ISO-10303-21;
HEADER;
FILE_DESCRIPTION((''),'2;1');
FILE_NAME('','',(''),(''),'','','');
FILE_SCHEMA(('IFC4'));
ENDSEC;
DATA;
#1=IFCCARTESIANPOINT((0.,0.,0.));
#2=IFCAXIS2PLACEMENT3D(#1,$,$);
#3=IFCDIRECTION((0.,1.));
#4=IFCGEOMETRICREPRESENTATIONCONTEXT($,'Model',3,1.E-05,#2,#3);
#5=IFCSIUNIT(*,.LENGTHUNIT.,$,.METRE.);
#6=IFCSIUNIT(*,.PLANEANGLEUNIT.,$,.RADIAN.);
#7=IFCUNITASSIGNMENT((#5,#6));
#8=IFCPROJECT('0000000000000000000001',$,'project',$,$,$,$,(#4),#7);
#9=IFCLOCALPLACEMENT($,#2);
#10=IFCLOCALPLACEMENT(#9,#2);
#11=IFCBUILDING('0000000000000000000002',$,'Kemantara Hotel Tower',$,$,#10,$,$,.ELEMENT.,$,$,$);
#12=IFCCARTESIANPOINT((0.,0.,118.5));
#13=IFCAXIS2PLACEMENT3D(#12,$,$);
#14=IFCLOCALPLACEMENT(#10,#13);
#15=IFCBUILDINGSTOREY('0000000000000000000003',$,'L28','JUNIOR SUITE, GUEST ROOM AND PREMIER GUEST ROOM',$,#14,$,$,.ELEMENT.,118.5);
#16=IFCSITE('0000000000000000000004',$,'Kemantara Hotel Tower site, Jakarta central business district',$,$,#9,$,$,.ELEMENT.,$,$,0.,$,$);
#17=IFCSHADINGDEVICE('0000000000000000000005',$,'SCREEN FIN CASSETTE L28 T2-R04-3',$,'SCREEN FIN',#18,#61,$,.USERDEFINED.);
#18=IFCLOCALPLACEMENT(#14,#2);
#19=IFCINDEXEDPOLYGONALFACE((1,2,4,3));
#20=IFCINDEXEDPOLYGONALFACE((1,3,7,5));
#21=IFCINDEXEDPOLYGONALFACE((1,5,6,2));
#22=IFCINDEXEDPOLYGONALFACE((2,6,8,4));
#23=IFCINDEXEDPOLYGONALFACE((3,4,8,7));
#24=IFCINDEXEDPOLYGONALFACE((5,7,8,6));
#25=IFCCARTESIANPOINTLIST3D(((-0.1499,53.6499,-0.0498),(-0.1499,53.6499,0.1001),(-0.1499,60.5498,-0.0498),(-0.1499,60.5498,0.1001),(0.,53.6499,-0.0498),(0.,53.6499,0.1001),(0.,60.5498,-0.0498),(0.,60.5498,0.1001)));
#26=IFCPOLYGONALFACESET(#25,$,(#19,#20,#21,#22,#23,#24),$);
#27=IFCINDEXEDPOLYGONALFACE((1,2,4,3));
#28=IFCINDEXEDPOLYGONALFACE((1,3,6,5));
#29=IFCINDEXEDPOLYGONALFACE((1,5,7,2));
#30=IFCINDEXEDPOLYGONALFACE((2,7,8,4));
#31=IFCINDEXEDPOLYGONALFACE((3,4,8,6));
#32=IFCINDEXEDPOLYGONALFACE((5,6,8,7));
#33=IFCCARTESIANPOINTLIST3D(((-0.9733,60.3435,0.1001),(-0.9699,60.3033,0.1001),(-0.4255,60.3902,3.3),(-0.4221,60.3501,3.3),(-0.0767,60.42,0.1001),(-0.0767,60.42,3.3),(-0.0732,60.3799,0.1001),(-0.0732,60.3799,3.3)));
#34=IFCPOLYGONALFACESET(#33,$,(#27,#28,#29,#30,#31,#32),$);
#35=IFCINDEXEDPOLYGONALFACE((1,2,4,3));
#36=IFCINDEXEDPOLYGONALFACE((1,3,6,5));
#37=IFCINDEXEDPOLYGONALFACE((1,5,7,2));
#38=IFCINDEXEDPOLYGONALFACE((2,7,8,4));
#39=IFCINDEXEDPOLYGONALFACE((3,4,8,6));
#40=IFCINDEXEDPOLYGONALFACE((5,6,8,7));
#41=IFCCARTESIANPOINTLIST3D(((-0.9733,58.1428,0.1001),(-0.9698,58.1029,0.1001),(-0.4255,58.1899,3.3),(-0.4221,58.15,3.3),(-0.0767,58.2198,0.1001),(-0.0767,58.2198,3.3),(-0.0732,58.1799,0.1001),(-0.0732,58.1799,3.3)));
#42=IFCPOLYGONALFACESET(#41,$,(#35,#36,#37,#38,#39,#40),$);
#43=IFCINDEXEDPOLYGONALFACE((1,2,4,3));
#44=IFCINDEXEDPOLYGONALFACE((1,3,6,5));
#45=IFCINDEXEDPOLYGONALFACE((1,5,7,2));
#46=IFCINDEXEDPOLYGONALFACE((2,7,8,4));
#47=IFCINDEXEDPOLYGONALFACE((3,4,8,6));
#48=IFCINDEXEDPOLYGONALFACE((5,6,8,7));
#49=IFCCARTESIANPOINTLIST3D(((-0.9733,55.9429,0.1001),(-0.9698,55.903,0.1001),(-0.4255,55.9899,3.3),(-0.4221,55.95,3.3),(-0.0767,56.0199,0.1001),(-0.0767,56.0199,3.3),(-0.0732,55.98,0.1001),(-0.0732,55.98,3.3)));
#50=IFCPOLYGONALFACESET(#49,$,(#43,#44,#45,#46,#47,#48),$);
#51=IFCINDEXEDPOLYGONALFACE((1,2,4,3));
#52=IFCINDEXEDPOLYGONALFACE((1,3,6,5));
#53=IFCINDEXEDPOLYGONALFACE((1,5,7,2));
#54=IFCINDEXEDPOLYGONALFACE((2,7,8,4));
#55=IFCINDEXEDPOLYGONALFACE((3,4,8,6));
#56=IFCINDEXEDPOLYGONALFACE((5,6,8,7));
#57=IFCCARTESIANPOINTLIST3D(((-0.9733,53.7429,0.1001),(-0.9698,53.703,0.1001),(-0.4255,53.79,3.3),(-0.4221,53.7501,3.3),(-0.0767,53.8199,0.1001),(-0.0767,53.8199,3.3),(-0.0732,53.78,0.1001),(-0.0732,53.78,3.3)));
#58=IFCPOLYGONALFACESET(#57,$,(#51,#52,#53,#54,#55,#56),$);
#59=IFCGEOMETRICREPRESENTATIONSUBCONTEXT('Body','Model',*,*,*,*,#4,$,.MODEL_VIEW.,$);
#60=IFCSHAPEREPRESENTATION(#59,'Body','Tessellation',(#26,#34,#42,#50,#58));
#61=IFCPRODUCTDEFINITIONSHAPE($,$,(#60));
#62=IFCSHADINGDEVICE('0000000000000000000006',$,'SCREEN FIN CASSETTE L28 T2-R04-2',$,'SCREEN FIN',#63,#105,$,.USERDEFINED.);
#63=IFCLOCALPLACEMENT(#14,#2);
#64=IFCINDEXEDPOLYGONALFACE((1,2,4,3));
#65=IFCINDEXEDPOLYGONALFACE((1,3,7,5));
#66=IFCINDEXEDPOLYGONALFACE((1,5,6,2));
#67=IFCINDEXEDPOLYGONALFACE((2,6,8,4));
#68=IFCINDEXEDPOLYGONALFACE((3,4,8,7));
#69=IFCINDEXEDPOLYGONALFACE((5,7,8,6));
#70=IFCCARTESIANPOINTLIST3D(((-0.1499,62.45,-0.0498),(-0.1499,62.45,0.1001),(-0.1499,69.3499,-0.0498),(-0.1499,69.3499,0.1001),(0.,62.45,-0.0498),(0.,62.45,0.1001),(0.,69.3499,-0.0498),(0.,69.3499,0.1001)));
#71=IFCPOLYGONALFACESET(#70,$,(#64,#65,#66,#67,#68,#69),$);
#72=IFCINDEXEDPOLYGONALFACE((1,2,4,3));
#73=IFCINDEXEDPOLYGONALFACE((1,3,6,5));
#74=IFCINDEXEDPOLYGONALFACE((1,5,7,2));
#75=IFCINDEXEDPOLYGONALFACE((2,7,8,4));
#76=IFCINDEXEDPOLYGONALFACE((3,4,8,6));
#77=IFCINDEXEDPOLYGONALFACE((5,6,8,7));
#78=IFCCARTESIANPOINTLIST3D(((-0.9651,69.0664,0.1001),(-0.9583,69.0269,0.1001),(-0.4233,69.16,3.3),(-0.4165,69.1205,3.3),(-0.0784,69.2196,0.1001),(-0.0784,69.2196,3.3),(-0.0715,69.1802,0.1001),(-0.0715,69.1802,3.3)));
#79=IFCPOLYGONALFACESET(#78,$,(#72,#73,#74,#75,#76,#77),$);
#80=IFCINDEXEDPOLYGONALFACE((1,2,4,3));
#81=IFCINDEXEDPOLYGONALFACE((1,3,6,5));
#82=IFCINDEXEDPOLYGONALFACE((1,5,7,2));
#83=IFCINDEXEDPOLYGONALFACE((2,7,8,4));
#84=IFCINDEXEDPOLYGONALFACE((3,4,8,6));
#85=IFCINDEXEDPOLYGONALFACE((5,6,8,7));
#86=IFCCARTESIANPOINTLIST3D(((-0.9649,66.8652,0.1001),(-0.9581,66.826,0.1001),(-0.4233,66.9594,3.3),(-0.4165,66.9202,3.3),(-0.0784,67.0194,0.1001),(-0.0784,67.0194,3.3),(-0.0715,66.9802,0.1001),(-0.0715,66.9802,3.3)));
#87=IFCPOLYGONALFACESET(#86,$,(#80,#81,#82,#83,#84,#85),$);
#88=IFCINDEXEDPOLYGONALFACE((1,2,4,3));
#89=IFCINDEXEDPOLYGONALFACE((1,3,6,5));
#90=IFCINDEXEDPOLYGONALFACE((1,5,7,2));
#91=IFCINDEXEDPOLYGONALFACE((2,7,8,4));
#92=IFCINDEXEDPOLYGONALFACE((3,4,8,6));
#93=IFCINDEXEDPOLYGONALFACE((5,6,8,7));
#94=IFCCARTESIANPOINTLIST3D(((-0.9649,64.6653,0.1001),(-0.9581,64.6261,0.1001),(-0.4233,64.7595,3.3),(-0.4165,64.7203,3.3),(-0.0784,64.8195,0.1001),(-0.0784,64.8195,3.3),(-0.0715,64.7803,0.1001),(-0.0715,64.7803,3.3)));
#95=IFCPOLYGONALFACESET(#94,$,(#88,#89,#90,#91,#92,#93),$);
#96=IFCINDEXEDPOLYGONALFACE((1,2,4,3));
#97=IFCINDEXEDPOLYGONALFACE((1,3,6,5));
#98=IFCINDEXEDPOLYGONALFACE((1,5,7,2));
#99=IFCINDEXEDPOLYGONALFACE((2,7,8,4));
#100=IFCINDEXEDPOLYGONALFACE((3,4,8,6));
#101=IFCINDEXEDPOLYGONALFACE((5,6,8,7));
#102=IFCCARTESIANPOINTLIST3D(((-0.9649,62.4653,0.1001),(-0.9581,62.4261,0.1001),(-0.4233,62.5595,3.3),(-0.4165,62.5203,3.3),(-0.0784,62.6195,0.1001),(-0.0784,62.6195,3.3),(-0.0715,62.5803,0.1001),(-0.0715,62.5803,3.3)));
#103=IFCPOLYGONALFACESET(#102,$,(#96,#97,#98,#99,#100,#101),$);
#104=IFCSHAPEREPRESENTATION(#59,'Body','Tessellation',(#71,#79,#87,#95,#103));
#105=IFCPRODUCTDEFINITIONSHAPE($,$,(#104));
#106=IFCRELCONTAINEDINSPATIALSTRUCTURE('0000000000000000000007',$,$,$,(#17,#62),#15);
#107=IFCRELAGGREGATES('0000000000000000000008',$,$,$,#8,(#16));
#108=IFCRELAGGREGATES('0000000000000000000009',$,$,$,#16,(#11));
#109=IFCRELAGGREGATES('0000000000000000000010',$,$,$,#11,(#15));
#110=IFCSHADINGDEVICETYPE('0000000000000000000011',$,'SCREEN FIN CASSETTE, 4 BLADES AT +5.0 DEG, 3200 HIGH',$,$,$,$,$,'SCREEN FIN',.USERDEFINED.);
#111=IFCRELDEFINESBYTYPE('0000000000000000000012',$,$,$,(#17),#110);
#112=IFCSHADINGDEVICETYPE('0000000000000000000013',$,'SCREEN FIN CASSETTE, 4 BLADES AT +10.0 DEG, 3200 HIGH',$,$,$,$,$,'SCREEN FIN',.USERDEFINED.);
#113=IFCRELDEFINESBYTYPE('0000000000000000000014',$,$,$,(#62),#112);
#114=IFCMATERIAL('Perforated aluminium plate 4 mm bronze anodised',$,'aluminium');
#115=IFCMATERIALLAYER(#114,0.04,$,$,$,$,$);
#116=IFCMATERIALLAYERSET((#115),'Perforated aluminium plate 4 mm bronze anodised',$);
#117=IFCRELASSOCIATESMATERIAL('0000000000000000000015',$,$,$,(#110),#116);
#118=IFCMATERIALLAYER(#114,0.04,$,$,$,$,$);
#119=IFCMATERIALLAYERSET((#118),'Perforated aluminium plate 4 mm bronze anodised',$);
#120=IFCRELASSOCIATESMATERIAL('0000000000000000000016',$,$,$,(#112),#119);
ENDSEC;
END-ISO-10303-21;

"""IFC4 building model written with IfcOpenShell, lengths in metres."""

from ifc_helpers import new_model, si_unit, direction, frame, origin, origin_2d, place, context, subcontext, project, spatial, polyline, rectangle, outline, extrude, source, transform, mapped, material, layer, layer_set, type_object, element, save


model = new_model("IFC4")

# Units and contexts
model_context = context("Model", 3, precision=1e-05, world=origin(), true_north=direction((0.0, 1.0)))
body_context = subcontext(model_context, "Body", "Model", "MODEL_VIEW")
ifc_project = project(units=[si_unit("LENGTHUNIT", "METRE"), si_unit("PLANEANGLEUNIT", "RADIAN")], contexts=[model_context])

# Site, building, storey
site_placement = place(None, origin())
site = spatial("IfcSite", under=ifc_project, at=site_placement, Name="Kemantara Hotel Tower site, Jakarta central business district", CompositionType="ELEMENT", RefElevation=0.0)
building_placement = place(site_placement, origin())
building = spatial("IfcBuilding", under=site, at=building_placement, Name="Kemantara Hotel Tower", CompositionType="ELEMENT")
storey_placement = place(building_placement, frame((0.0, 0.0, 118.5)))
storey = spatial("IfcBuildingStorey", under=building, at=storey_placement, Name="L28", Description="JUNIOR SUITE, GUEST ROOM AND PREMIER GUEST ROOM", CompositionType="ELEMENT", Elevation=118.5)

# Shading devices
ifc_material_1 = material(Name="Perforated aluminium plate 4 mm bronze anodised", Category="aluminium")
ifc_layer_1 = layer(ifc_material_1, 0.04)
ifc_layer_set_1 = layer_set([ifc_layer_1], Name="Perforated aluminium plate 4 mm bronze anodised")
shading_device_type_1 = type_object("IfcShadingDeviceType", Name="SCREEN FIN CASSETTE, 4 BLADES AT +5.0 DEG, 3200 HIGH", ElementType="SCREEN FIN", PredefinedType="USERDEFINED", material=ifc_layer_set_1)
shared_shape_1 = source(origin(), body_context, "Body", "SweptSolid", [
    extrude(rectangle(XDim=6.8999, YDim=0.1499, at=origin_2d()), frame((3.3, -0.075, -0.1499), z_axis=(0.0, 0.0, 1.0), x_axis=(1.0, 0.0, 0.0)), (0.0, 0.0, 1.0), 0.1499),
    extrude(outline(polyline([(0.0, 0.0), (0.8999, 0.0), (0.3501, 3.2), (0.0, 3.2), (0.0, 0.0)])), frame((0.02, -0.0732, 0.0), z_axis=(-0.996376, -0.085056, 0.0), x_axis=(0.085056, -0.996376, 0.0)), (0.0, 0.0, 1.0), 0.0403),
    extrude(outline(polyline([(0.0, 0.0), (0.8999, 0.0), (0.3501, 3.2), (0.0, 3.2), (0.0, 0.0)])), frame((2.22, -0.0732, 0.0), z_axis=(-0.996332, -0.085575, 0.0), x_axis=(0.085575, -0.996332, 0.0)), (0.0, 0.0, 1.0), 0.04),
    extrude(outline(polyline([(0.0, 0.0), (0.8999, 0.0), (0.3501, 3.2), (0.0, 3.2), (0.0, 0.0)])), frame((4.4199, -0.0732, 0.0), z_axis=(-0.996332, -0.085575, 0.0), x_axis=(0.085575, -0.996332, 0.0)), (0.0, 0.0, 1.0), 0.04),
    extrude(outline(polyline([(0.0, 0.0), (0.8999, 0.0), (0.3501, 3.2), (0.0, 3.2), (0.0, 0.0)])), frame((6.6199, -0.0732, 0.0), z_axis=(-0.996332, -0.085575, 0.0), x_axis=(0.085575, -0.996332, 0.0)), (0.0, 0.0, 1.0), 0.04),
])
shading_device_1_placement = place(storey_placement, frame((0.0, 60.3999, 0.1001), z_axis=(0.0, 0.0, 1.0), x_axis=(0.0, -1.0, 0.0)))
element("IfcShadingDevice", 1, at=shading_device_1_placement, inside=storey, type_object=shading_device_type_1, Name="SCREEN FIN CASSETTE L28 T2-R04-3", ObjectType="SCREEN FIN", PredefinedType="USERDEFINED", context=body_context, shape_type="MappedRepresentation", body=[
    mapped(shared_shape_1, transform((0.0, 0.0, 0.0))),
])
ifc_layer_2 = layer(ifc_material_1, 0.04)
ifc_layer_set_2 = layer_set([ifc_layer_2], Name="Perforated aluminium plate 4 mm bronze anodised")
shading_device_type_2 = type_object("IfcShadingDeviceType", Name="SCREEN FIN CASSETTE, 4 BLADES AT +10.0 DEG, 3200 HIGH", ElementType="SCREEN FIN", PredefinedType="USERDEFINED", material=ifc_layer_set_2)
shared_shape_2 = source(origin(), body_context, "Body", "SweptSolid", [
    extrude(rectangle(XDim=6.8999, YDim=0.1499, at=origin_2d()), frame((3.3, -0.075, -0.1499), z_axis=(0.0, 0.0, 1.0), x_axis=(1.0, 0.0, 0.0)), (0.0, 0.0, 1.0), 0.1499),
    extrude(outline(polyline([(0.0, 0.0), (0.8999, 0.0), (0.3501, 3.2), (0.0, 3.2), (0.0, 0.0)])), frame((0.0198, -0.0715, 0.0), z_axis=(-0.98539, -0.170314, 0.0), x_axis=(0.170314, -0.98539, 0.0)), (0.0, 0.0, 1.0), 0.04),
    extrude(outline(polyline([(0.0, 0.0), (0.8999, 0.0), (0.3501, 3.2), (0.0, 3.2), (0.0, 0.0)])), frame((2.2197, -0.0715, 0.0), z_axis=(-0.985212, -0.171341, 0.0), x_axis=(0.171341, -0.985212, 0.0)), (0.0, 0.0, 1.0), 0.0398),
    extrude(outline(polyline([(0.0, 0.0), (0.8999, 0.0), (0.3501, 3.2), (0.0, 3.2), (0.0, 0.0)])), frame((4.4197, -0.0715, 0.0), z_axis=(-0.985212, -0.171341, 0.0), x_axis=(0.171341, -0.985212, 0.0)), (0.0, 0.0, 1.0), 0.0398),
    extrude(outline(polyline([(0.0, 0.0), (0.8999, 0.0), (0.3501, 3.2), (0.0, 3.2), (0.0, 0.0)])), frame((6.6196, -0.0715, 0.0), z_axis=(-0.985212, -0.171341, 0.0), x_axis=(0.171341, -0.985212, 0.0)), (0.0, 0.0, 1.0), 0.0398),
])
shading_device_2_placement = place(storey_placement, frame((0.0, 69.2, 0.1001), z_axis=(0.0, 0.0, 1.0), x_axis=(0.0, -1.0, 0.0)))
element("IfcShadingDevice", 2, at=shading_device_2_placement, inside=storey, type_object=shading_device_type_2, Name="SCREEN FIN CASSETTE L28 T2-R04-2", ObjectType="SCREEN FIN", PredefinedType="USERDEFINED", context=body_context, shape_type="MappedRepresentation", body=[
    mapped(shared_shape_2, transform((0.0, 0.0, 0.0))),
])

save(model, "model.ifc")
